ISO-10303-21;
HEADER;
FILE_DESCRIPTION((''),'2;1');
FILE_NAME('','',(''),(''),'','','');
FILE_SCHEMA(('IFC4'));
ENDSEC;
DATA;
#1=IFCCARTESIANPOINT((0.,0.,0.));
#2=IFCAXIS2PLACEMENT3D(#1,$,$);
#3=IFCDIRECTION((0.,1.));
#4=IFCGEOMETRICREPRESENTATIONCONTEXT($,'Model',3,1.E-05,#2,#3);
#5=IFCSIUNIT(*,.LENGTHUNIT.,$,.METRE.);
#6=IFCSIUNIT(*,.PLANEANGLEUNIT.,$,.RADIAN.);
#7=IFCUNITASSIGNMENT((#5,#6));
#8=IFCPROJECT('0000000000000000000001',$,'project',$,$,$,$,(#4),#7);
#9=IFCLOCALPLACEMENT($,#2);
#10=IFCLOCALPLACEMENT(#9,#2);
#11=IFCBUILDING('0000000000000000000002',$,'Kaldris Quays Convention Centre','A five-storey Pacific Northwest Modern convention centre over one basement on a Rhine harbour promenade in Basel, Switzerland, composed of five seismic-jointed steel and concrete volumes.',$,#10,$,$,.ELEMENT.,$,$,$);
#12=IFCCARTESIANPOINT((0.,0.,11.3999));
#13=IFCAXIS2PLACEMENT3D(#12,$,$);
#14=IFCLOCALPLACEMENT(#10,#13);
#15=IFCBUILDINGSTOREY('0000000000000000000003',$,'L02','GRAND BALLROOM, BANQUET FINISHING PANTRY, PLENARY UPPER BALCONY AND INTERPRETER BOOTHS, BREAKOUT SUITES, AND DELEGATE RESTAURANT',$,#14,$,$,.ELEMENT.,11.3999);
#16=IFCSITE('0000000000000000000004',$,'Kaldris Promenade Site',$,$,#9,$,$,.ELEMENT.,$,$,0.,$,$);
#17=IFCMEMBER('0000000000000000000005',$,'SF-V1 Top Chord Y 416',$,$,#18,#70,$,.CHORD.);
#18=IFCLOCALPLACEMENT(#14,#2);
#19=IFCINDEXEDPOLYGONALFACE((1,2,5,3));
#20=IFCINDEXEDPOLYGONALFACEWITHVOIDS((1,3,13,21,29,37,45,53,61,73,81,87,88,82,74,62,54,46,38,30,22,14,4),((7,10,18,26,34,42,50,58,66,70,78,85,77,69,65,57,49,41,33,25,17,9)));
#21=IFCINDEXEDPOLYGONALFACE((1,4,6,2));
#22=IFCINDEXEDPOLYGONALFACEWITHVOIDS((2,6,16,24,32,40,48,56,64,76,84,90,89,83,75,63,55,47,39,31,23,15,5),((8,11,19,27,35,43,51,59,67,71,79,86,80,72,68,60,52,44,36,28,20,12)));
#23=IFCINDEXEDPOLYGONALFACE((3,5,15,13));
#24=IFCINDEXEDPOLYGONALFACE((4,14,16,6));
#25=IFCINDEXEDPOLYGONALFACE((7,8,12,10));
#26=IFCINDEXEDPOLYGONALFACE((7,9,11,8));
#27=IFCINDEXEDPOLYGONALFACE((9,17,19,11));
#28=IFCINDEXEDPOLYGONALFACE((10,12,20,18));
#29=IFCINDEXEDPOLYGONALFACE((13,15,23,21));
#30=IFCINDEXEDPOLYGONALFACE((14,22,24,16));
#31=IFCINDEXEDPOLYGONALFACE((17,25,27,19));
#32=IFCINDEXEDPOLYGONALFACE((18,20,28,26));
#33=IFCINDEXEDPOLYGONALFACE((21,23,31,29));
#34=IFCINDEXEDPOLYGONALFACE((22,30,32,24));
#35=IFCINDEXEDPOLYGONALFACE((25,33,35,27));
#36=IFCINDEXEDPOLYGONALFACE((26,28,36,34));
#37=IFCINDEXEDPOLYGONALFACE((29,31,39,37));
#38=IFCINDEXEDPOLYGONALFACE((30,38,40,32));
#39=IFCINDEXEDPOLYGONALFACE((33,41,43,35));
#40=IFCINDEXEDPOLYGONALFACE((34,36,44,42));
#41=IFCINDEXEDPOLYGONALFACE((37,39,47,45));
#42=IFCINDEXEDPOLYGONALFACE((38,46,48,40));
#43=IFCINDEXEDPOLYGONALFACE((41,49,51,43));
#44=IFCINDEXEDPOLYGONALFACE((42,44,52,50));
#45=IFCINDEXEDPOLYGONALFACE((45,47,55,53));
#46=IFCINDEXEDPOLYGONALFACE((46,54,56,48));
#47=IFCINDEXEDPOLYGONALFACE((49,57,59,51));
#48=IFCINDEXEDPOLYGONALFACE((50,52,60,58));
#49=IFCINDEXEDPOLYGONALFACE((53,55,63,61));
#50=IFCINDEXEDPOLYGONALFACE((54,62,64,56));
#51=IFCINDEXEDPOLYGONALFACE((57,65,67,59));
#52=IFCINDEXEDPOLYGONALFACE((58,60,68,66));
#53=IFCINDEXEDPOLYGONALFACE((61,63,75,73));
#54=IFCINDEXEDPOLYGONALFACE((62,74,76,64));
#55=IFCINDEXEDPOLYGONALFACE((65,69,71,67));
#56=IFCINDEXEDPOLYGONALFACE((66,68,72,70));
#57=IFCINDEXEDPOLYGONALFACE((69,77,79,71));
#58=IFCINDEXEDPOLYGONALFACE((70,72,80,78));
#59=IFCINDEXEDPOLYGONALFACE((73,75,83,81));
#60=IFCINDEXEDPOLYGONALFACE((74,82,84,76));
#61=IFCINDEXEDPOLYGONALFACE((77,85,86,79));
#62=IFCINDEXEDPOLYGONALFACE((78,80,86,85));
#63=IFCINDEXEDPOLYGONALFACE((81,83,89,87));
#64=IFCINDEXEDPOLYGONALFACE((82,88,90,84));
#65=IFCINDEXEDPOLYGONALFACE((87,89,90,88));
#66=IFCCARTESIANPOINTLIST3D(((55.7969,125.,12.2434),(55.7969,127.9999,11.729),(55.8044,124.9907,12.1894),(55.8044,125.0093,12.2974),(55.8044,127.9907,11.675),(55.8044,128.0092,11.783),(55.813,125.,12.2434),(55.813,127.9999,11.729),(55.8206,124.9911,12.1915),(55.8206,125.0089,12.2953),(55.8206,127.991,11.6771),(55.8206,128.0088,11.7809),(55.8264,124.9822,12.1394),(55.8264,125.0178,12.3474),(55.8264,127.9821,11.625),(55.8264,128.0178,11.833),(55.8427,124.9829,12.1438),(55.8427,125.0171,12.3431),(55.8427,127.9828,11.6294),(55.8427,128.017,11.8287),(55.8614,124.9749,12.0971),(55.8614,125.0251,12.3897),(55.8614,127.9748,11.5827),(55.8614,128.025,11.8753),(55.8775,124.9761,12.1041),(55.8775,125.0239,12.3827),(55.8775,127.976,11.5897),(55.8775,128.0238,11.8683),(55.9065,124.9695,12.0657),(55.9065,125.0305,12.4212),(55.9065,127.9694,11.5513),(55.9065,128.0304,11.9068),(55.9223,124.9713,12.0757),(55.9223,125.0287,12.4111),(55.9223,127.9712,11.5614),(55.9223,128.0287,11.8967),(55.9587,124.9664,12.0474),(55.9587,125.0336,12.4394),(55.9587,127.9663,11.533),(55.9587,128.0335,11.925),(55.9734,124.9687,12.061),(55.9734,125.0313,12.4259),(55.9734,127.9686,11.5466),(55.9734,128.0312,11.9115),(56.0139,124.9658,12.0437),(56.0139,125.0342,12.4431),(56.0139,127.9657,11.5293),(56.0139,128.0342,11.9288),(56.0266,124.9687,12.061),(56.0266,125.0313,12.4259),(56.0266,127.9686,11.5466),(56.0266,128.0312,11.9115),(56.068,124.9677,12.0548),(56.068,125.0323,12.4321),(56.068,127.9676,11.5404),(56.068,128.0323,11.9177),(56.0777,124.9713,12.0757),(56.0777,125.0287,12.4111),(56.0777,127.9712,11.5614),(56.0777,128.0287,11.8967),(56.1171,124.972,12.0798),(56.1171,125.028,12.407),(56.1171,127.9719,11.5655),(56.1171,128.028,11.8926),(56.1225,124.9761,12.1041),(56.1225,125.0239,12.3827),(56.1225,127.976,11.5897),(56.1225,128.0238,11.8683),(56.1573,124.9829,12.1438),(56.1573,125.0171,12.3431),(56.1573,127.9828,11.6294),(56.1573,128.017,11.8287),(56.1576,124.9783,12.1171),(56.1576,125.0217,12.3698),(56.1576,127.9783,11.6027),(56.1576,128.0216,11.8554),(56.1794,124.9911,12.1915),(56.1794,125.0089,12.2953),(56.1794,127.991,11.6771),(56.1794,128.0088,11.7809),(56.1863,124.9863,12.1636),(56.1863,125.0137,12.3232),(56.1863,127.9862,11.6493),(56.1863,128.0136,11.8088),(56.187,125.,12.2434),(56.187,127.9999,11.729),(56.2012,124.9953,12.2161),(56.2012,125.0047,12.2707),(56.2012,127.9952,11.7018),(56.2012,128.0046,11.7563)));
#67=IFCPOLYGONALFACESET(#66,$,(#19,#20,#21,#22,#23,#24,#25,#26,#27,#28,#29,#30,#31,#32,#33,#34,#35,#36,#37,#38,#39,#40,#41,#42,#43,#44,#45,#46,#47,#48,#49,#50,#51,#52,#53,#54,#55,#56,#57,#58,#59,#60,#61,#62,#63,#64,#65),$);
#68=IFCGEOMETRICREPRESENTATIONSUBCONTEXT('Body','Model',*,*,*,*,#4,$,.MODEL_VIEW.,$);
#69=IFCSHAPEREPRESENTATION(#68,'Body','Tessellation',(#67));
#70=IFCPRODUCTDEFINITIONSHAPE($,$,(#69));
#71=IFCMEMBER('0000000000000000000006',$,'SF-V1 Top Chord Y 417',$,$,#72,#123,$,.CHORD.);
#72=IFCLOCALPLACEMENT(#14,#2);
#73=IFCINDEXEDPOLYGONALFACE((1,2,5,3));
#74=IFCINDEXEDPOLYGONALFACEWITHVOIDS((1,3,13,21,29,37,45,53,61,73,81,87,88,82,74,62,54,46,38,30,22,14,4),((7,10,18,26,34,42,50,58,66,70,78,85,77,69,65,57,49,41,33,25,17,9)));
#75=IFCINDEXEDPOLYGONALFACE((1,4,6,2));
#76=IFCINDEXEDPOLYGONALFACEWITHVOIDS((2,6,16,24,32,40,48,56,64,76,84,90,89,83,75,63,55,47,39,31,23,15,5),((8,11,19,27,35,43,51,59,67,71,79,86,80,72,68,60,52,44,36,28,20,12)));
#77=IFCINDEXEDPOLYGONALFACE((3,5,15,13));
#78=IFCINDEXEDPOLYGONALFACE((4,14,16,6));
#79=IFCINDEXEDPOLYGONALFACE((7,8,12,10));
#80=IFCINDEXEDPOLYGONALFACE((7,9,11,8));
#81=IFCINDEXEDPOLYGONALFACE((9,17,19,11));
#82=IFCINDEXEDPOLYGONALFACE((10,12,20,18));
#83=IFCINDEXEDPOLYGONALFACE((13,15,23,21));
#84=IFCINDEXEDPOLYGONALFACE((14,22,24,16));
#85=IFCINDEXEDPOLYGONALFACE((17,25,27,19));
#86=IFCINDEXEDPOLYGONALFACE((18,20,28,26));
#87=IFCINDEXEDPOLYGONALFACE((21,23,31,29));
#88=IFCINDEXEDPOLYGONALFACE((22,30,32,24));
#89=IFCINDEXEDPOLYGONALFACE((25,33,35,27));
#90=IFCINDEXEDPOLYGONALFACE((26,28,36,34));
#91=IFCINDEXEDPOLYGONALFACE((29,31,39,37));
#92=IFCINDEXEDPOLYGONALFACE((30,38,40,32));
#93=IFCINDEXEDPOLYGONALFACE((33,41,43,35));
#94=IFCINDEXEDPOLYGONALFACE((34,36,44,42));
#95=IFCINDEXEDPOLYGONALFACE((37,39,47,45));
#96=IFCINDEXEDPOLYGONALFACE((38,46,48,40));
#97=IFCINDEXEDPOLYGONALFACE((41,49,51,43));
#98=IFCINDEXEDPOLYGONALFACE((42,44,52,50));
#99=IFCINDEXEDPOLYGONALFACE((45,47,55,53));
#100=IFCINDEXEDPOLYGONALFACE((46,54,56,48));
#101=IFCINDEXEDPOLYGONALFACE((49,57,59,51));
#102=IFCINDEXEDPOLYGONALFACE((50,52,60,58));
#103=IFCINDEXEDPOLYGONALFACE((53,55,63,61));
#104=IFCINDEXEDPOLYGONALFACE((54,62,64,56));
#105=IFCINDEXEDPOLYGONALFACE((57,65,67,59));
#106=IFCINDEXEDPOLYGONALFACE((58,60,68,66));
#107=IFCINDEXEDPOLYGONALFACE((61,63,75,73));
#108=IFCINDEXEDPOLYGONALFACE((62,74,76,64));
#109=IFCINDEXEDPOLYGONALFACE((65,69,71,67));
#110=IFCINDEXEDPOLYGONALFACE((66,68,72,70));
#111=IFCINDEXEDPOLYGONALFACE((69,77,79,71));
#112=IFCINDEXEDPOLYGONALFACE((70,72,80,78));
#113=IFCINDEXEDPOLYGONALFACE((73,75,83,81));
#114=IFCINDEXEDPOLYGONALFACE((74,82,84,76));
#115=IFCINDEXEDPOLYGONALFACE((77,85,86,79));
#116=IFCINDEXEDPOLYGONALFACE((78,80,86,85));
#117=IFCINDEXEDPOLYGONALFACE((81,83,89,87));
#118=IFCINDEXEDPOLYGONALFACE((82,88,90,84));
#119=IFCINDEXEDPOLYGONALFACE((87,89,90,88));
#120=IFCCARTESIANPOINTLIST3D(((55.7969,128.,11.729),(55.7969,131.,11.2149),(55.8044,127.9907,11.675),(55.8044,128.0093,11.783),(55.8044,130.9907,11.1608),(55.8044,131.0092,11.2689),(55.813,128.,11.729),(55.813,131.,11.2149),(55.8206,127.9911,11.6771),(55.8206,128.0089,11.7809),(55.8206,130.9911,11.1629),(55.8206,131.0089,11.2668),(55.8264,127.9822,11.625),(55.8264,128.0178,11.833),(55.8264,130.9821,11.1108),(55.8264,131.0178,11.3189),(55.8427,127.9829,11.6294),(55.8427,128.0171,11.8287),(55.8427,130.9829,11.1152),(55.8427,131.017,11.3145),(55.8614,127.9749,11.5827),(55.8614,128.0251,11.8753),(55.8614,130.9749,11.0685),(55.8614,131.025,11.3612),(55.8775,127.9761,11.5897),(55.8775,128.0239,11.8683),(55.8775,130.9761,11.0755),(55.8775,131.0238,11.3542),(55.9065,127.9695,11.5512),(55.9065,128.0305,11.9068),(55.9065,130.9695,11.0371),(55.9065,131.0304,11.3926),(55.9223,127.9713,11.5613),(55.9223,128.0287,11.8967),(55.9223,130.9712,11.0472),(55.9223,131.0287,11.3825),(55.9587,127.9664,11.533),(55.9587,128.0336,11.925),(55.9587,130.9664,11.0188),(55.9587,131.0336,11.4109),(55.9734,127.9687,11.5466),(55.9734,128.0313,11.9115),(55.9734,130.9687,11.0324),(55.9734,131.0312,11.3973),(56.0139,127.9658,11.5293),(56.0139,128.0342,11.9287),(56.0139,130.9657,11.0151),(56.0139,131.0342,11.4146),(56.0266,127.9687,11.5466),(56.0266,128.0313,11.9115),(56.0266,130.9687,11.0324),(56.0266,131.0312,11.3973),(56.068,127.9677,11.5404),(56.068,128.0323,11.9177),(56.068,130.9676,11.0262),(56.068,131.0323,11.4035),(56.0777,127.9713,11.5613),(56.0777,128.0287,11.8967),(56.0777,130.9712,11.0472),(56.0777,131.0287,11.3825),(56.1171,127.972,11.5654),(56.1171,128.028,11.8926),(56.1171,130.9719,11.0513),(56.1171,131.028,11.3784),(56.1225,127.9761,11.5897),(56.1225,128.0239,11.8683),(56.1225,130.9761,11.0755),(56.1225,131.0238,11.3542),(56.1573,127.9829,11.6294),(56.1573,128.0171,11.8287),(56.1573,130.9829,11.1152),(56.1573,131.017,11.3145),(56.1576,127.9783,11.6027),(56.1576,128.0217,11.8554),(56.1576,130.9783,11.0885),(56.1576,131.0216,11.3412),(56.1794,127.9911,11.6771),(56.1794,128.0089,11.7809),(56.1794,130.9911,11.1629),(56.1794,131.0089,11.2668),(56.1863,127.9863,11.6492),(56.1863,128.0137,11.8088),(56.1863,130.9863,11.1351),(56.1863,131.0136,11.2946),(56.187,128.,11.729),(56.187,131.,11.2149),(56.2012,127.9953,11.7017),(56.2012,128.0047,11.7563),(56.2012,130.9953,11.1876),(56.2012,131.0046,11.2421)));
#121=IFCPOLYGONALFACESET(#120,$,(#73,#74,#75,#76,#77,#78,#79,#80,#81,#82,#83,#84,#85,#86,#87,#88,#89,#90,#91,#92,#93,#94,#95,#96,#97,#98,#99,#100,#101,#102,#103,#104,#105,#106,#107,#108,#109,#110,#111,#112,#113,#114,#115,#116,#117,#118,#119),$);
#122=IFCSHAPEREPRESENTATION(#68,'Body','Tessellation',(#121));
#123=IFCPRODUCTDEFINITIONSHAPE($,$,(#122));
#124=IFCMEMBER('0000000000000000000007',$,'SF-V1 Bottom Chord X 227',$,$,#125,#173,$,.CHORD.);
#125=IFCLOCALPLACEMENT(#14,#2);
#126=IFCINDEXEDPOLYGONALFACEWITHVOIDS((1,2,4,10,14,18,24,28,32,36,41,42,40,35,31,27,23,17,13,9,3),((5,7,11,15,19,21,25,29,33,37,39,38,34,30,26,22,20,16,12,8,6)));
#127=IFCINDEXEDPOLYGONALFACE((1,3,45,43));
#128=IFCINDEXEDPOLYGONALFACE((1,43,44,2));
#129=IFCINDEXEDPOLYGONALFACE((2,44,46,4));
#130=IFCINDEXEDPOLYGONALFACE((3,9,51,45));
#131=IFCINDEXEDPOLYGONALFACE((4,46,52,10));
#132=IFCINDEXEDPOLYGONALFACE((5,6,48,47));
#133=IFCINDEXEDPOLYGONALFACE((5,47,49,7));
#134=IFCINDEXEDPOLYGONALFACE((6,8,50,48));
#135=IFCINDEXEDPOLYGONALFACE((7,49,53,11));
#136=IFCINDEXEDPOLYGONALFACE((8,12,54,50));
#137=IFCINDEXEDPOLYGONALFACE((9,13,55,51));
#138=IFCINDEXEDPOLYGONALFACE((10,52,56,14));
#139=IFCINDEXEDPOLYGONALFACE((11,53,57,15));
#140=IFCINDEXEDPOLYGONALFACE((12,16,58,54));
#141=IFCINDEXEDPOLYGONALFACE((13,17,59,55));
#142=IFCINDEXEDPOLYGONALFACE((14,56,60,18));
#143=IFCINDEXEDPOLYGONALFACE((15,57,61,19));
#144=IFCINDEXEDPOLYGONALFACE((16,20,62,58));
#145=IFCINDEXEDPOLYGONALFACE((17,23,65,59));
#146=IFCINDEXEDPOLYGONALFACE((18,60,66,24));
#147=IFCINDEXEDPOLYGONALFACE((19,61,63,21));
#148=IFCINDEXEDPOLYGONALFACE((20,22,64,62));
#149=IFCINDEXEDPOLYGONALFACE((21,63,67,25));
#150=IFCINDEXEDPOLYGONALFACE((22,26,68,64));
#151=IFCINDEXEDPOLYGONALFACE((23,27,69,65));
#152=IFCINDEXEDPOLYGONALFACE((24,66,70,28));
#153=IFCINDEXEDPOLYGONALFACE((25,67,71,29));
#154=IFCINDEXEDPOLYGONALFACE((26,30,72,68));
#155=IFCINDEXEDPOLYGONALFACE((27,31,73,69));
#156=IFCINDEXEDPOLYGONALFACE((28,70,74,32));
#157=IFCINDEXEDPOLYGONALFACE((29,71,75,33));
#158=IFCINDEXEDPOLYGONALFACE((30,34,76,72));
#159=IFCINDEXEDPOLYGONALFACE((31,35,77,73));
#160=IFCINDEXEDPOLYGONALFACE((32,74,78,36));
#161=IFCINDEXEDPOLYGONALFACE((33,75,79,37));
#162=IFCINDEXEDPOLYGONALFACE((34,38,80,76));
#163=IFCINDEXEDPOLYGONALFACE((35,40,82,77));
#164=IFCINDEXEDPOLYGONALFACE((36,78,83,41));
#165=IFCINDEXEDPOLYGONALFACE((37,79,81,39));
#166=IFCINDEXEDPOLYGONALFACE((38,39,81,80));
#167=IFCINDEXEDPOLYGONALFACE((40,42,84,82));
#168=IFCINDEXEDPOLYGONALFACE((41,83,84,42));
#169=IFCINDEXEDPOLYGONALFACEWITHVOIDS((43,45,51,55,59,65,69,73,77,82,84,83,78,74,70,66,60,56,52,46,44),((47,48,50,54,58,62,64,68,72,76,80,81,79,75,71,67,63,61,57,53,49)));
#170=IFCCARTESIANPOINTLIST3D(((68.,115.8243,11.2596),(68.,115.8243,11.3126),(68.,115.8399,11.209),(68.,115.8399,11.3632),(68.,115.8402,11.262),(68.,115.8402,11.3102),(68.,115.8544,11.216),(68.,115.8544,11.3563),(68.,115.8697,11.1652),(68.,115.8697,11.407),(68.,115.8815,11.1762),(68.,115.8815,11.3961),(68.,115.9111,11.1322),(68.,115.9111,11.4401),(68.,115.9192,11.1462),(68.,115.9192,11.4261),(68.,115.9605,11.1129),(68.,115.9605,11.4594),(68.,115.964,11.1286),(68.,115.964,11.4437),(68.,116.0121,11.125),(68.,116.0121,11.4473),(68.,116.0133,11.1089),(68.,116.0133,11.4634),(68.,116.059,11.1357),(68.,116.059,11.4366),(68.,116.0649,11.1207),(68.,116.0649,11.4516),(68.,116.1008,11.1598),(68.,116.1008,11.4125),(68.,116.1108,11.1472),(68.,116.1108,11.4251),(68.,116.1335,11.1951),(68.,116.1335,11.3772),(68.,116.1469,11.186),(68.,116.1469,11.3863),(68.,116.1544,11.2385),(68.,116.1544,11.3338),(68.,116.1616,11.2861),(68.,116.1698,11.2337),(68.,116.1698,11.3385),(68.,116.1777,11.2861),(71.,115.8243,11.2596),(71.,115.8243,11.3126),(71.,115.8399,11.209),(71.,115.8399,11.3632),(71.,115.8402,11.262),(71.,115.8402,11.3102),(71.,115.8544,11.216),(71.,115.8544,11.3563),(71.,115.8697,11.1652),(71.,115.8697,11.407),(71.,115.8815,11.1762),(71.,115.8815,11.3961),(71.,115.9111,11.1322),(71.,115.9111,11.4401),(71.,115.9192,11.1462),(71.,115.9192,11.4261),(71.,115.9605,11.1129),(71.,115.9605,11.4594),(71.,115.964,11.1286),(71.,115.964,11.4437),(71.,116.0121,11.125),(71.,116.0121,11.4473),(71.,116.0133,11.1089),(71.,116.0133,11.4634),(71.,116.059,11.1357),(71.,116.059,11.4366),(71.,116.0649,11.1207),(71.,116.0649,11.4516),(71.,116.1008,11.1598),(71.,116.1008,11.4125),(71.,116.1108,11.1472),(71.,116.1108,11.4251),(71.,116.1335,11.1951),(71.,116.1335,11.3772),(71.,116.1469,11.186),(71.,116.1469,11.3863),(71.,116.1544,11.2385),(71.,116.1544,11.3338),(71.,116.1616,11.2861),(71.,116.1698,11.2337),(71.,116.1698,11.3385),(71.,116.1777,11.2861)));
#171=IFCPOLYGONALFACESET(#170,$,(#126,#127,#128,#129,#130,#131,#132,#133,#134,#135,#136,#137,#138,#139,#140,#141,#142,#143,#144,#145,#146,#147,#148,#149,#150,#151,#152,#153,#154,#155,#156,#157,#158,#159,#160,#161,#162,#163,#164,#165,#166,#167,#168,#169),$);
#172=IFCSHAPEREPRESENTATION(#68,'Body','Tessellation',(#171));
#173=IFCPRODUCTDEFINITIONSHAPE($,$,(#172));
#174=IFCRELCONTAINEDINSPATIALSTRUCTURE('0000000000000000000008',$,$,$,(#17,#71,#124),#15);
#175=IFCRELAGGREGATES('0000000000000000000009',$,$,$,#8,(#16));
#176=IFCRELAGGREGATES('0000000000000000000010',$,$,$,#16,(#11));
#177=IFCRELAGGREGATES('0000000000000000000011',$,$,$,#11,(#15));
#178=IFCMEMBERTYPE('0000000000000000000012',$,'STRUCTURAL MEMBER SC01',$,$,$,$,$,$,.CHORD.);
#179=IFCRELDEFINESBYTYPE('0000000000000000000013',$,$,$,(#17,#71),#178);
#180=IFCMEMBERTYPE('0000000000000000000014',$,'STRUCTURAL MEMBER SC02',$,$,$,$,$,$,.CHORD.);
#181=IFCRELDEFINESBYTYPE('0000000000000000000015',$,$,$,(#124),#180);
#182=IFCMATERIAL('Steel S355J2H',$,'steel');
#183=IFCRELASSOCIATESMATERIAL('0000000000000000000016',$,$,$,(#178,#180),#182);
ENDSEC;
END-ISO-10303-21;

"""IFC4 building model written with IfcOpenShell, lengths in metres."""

from ifc_helpers import new_model, si_unit, direction, frame, origin, origin_2d, place, context, subcontext, project, spatial, hollow_circle, extrude, material, material_profile, profile_set, type_object, element, save


model = new_model("IFC4")

# Units and contexts
model_context = context("Model", 3, precision=1e-05, world=origin(), true_north=direction((0.0, 1.0)))
body_context = subcontext(model_context, "Body", "Model", "MODEL_VIEW")
ifc_project = project(units=[si_unit("LENGTHUNIT", "METRE"), si_unit("PLANEANGLEUNIT", "RADIAN")], contexts=[model_context])

# Site, building, storey
site_placement = place(None, origin())
site = spatial("IfcSite", under=ifc_project, at=site_placement, Name="Kaldris Promenade Site", CompositionType="ELEMENT", RefElevation=0.0)
building_placement = place(site_placement, origin())
building = spatial("IfcBuilding", under=site, at=building_placement, Name="Kaldris Quays Convention Centre", Description="A five-storey Pacific Northwest Modern convention centre over one basement on a Rhine harbour promenade in Basel, Switzerland, composed of five seismic-jointed steel and concrete volumes.", CompositionType="ELEMENT")
storey_placement = place(building_placement, frame((0.0, 0.0, 11.3999)))
storey = spatial("IfcBuildingStorey", under=building, at=storey_placement, Name="L02", Description="GRAND BALLROOM, BANQUET FINISHING PANTRY, PLENARY UPPER BALCONY AND INTERPRETER BOOTHS, BREAKOUT SUITES, AND DELEGATE RESTAURANT", CompositionType="ELEMENT", Elevation=11.3999)

# Members
ifc_material_1 = material(Name="Steel S355J2H", Category="steel")
ifc_material_profile_1 = material_profile(ifc_material_1, hollow_circle(Radius=0.2031, WallThickness=0.0161, at=origin_2d()), Name="CHS 406.4x16")
ifc_profile_set_1 = profile_set([ifc_material_profile_1], Name="Steel S355J2H")
member_type_1 = type_object("IfcMemberType", Name="STRUCTURAL MEMBER SC01", PredefinedType="CHORD", material=ifc_profile_set_1)
for number, where, z_axis, x_axis, name in (
    (1, (56.0, 125.0, 12.2434), (0.0, 0.985616, -0.169002), (-1.0, 0.0, 0.0), "SF-V1 Top Chord Y 416"),
    (2, (56.0, 128.0, 11.729), (0.0, 0.985629, -0.168924), (-1.0, 0.0, 0.0), "SF-V1 Top Chord Y 417"),
):
    element("IfcMember", number, at=place(storey_placement, frame(where, z_axis=z_axis, x_axis=x_axis)), inside=storey, type_object=member_type_1, Name=name, PredefinedType="CHORD", context=body_context, shape_type="SweptSolid", body=[
        extrude(hollow_circle(Radius=0.2031, WallThickness=0.0161, at=origin_2d()), origin(), (0.0, 0.0, 1.0), 3.0437),
    ])
ifc_material_profile_2 = material_profile(ifc_material_1, hollow_circle(Radius=0.1777, WallThickness=0.0161, at=origin_2d()), Name="CHS 355.6x16")
ifc_profile_set_2 = profile_set([ifc_material_profile_2], Name="Steel S355J2H")
member_type_2 = type_object("IfcMemberType", Name="STRUCTURAL MEMBER SC02", PredefinedType="CHORD", material=ifc_profile_set_2)
for number, where, z_axis, x_axis, name in (
    (3, (68.0, 116.0, 11.2861), (1.0, 0.0, 0.0), (0.0, 1.0, 0.0), "SF-V1 Bottom Chord X 227"),
):
    element("IfcMember", number, at=place(storey_placement, frame(where, z_axis=z_axis, x_axis=x_axis)), inside=storey, type_object=member_type_2, Name=name, PredefinedType="CHORD", context=body_context, shape_type="SweptSolid", body=[
        extrude(hollow_circle(Radius=0.1777, WallThickness=0.0161, at=origin_2d()), origin(), (0.0, 0.0, 1.0), 3.0),
    ])

save(model, "model.ifc")
